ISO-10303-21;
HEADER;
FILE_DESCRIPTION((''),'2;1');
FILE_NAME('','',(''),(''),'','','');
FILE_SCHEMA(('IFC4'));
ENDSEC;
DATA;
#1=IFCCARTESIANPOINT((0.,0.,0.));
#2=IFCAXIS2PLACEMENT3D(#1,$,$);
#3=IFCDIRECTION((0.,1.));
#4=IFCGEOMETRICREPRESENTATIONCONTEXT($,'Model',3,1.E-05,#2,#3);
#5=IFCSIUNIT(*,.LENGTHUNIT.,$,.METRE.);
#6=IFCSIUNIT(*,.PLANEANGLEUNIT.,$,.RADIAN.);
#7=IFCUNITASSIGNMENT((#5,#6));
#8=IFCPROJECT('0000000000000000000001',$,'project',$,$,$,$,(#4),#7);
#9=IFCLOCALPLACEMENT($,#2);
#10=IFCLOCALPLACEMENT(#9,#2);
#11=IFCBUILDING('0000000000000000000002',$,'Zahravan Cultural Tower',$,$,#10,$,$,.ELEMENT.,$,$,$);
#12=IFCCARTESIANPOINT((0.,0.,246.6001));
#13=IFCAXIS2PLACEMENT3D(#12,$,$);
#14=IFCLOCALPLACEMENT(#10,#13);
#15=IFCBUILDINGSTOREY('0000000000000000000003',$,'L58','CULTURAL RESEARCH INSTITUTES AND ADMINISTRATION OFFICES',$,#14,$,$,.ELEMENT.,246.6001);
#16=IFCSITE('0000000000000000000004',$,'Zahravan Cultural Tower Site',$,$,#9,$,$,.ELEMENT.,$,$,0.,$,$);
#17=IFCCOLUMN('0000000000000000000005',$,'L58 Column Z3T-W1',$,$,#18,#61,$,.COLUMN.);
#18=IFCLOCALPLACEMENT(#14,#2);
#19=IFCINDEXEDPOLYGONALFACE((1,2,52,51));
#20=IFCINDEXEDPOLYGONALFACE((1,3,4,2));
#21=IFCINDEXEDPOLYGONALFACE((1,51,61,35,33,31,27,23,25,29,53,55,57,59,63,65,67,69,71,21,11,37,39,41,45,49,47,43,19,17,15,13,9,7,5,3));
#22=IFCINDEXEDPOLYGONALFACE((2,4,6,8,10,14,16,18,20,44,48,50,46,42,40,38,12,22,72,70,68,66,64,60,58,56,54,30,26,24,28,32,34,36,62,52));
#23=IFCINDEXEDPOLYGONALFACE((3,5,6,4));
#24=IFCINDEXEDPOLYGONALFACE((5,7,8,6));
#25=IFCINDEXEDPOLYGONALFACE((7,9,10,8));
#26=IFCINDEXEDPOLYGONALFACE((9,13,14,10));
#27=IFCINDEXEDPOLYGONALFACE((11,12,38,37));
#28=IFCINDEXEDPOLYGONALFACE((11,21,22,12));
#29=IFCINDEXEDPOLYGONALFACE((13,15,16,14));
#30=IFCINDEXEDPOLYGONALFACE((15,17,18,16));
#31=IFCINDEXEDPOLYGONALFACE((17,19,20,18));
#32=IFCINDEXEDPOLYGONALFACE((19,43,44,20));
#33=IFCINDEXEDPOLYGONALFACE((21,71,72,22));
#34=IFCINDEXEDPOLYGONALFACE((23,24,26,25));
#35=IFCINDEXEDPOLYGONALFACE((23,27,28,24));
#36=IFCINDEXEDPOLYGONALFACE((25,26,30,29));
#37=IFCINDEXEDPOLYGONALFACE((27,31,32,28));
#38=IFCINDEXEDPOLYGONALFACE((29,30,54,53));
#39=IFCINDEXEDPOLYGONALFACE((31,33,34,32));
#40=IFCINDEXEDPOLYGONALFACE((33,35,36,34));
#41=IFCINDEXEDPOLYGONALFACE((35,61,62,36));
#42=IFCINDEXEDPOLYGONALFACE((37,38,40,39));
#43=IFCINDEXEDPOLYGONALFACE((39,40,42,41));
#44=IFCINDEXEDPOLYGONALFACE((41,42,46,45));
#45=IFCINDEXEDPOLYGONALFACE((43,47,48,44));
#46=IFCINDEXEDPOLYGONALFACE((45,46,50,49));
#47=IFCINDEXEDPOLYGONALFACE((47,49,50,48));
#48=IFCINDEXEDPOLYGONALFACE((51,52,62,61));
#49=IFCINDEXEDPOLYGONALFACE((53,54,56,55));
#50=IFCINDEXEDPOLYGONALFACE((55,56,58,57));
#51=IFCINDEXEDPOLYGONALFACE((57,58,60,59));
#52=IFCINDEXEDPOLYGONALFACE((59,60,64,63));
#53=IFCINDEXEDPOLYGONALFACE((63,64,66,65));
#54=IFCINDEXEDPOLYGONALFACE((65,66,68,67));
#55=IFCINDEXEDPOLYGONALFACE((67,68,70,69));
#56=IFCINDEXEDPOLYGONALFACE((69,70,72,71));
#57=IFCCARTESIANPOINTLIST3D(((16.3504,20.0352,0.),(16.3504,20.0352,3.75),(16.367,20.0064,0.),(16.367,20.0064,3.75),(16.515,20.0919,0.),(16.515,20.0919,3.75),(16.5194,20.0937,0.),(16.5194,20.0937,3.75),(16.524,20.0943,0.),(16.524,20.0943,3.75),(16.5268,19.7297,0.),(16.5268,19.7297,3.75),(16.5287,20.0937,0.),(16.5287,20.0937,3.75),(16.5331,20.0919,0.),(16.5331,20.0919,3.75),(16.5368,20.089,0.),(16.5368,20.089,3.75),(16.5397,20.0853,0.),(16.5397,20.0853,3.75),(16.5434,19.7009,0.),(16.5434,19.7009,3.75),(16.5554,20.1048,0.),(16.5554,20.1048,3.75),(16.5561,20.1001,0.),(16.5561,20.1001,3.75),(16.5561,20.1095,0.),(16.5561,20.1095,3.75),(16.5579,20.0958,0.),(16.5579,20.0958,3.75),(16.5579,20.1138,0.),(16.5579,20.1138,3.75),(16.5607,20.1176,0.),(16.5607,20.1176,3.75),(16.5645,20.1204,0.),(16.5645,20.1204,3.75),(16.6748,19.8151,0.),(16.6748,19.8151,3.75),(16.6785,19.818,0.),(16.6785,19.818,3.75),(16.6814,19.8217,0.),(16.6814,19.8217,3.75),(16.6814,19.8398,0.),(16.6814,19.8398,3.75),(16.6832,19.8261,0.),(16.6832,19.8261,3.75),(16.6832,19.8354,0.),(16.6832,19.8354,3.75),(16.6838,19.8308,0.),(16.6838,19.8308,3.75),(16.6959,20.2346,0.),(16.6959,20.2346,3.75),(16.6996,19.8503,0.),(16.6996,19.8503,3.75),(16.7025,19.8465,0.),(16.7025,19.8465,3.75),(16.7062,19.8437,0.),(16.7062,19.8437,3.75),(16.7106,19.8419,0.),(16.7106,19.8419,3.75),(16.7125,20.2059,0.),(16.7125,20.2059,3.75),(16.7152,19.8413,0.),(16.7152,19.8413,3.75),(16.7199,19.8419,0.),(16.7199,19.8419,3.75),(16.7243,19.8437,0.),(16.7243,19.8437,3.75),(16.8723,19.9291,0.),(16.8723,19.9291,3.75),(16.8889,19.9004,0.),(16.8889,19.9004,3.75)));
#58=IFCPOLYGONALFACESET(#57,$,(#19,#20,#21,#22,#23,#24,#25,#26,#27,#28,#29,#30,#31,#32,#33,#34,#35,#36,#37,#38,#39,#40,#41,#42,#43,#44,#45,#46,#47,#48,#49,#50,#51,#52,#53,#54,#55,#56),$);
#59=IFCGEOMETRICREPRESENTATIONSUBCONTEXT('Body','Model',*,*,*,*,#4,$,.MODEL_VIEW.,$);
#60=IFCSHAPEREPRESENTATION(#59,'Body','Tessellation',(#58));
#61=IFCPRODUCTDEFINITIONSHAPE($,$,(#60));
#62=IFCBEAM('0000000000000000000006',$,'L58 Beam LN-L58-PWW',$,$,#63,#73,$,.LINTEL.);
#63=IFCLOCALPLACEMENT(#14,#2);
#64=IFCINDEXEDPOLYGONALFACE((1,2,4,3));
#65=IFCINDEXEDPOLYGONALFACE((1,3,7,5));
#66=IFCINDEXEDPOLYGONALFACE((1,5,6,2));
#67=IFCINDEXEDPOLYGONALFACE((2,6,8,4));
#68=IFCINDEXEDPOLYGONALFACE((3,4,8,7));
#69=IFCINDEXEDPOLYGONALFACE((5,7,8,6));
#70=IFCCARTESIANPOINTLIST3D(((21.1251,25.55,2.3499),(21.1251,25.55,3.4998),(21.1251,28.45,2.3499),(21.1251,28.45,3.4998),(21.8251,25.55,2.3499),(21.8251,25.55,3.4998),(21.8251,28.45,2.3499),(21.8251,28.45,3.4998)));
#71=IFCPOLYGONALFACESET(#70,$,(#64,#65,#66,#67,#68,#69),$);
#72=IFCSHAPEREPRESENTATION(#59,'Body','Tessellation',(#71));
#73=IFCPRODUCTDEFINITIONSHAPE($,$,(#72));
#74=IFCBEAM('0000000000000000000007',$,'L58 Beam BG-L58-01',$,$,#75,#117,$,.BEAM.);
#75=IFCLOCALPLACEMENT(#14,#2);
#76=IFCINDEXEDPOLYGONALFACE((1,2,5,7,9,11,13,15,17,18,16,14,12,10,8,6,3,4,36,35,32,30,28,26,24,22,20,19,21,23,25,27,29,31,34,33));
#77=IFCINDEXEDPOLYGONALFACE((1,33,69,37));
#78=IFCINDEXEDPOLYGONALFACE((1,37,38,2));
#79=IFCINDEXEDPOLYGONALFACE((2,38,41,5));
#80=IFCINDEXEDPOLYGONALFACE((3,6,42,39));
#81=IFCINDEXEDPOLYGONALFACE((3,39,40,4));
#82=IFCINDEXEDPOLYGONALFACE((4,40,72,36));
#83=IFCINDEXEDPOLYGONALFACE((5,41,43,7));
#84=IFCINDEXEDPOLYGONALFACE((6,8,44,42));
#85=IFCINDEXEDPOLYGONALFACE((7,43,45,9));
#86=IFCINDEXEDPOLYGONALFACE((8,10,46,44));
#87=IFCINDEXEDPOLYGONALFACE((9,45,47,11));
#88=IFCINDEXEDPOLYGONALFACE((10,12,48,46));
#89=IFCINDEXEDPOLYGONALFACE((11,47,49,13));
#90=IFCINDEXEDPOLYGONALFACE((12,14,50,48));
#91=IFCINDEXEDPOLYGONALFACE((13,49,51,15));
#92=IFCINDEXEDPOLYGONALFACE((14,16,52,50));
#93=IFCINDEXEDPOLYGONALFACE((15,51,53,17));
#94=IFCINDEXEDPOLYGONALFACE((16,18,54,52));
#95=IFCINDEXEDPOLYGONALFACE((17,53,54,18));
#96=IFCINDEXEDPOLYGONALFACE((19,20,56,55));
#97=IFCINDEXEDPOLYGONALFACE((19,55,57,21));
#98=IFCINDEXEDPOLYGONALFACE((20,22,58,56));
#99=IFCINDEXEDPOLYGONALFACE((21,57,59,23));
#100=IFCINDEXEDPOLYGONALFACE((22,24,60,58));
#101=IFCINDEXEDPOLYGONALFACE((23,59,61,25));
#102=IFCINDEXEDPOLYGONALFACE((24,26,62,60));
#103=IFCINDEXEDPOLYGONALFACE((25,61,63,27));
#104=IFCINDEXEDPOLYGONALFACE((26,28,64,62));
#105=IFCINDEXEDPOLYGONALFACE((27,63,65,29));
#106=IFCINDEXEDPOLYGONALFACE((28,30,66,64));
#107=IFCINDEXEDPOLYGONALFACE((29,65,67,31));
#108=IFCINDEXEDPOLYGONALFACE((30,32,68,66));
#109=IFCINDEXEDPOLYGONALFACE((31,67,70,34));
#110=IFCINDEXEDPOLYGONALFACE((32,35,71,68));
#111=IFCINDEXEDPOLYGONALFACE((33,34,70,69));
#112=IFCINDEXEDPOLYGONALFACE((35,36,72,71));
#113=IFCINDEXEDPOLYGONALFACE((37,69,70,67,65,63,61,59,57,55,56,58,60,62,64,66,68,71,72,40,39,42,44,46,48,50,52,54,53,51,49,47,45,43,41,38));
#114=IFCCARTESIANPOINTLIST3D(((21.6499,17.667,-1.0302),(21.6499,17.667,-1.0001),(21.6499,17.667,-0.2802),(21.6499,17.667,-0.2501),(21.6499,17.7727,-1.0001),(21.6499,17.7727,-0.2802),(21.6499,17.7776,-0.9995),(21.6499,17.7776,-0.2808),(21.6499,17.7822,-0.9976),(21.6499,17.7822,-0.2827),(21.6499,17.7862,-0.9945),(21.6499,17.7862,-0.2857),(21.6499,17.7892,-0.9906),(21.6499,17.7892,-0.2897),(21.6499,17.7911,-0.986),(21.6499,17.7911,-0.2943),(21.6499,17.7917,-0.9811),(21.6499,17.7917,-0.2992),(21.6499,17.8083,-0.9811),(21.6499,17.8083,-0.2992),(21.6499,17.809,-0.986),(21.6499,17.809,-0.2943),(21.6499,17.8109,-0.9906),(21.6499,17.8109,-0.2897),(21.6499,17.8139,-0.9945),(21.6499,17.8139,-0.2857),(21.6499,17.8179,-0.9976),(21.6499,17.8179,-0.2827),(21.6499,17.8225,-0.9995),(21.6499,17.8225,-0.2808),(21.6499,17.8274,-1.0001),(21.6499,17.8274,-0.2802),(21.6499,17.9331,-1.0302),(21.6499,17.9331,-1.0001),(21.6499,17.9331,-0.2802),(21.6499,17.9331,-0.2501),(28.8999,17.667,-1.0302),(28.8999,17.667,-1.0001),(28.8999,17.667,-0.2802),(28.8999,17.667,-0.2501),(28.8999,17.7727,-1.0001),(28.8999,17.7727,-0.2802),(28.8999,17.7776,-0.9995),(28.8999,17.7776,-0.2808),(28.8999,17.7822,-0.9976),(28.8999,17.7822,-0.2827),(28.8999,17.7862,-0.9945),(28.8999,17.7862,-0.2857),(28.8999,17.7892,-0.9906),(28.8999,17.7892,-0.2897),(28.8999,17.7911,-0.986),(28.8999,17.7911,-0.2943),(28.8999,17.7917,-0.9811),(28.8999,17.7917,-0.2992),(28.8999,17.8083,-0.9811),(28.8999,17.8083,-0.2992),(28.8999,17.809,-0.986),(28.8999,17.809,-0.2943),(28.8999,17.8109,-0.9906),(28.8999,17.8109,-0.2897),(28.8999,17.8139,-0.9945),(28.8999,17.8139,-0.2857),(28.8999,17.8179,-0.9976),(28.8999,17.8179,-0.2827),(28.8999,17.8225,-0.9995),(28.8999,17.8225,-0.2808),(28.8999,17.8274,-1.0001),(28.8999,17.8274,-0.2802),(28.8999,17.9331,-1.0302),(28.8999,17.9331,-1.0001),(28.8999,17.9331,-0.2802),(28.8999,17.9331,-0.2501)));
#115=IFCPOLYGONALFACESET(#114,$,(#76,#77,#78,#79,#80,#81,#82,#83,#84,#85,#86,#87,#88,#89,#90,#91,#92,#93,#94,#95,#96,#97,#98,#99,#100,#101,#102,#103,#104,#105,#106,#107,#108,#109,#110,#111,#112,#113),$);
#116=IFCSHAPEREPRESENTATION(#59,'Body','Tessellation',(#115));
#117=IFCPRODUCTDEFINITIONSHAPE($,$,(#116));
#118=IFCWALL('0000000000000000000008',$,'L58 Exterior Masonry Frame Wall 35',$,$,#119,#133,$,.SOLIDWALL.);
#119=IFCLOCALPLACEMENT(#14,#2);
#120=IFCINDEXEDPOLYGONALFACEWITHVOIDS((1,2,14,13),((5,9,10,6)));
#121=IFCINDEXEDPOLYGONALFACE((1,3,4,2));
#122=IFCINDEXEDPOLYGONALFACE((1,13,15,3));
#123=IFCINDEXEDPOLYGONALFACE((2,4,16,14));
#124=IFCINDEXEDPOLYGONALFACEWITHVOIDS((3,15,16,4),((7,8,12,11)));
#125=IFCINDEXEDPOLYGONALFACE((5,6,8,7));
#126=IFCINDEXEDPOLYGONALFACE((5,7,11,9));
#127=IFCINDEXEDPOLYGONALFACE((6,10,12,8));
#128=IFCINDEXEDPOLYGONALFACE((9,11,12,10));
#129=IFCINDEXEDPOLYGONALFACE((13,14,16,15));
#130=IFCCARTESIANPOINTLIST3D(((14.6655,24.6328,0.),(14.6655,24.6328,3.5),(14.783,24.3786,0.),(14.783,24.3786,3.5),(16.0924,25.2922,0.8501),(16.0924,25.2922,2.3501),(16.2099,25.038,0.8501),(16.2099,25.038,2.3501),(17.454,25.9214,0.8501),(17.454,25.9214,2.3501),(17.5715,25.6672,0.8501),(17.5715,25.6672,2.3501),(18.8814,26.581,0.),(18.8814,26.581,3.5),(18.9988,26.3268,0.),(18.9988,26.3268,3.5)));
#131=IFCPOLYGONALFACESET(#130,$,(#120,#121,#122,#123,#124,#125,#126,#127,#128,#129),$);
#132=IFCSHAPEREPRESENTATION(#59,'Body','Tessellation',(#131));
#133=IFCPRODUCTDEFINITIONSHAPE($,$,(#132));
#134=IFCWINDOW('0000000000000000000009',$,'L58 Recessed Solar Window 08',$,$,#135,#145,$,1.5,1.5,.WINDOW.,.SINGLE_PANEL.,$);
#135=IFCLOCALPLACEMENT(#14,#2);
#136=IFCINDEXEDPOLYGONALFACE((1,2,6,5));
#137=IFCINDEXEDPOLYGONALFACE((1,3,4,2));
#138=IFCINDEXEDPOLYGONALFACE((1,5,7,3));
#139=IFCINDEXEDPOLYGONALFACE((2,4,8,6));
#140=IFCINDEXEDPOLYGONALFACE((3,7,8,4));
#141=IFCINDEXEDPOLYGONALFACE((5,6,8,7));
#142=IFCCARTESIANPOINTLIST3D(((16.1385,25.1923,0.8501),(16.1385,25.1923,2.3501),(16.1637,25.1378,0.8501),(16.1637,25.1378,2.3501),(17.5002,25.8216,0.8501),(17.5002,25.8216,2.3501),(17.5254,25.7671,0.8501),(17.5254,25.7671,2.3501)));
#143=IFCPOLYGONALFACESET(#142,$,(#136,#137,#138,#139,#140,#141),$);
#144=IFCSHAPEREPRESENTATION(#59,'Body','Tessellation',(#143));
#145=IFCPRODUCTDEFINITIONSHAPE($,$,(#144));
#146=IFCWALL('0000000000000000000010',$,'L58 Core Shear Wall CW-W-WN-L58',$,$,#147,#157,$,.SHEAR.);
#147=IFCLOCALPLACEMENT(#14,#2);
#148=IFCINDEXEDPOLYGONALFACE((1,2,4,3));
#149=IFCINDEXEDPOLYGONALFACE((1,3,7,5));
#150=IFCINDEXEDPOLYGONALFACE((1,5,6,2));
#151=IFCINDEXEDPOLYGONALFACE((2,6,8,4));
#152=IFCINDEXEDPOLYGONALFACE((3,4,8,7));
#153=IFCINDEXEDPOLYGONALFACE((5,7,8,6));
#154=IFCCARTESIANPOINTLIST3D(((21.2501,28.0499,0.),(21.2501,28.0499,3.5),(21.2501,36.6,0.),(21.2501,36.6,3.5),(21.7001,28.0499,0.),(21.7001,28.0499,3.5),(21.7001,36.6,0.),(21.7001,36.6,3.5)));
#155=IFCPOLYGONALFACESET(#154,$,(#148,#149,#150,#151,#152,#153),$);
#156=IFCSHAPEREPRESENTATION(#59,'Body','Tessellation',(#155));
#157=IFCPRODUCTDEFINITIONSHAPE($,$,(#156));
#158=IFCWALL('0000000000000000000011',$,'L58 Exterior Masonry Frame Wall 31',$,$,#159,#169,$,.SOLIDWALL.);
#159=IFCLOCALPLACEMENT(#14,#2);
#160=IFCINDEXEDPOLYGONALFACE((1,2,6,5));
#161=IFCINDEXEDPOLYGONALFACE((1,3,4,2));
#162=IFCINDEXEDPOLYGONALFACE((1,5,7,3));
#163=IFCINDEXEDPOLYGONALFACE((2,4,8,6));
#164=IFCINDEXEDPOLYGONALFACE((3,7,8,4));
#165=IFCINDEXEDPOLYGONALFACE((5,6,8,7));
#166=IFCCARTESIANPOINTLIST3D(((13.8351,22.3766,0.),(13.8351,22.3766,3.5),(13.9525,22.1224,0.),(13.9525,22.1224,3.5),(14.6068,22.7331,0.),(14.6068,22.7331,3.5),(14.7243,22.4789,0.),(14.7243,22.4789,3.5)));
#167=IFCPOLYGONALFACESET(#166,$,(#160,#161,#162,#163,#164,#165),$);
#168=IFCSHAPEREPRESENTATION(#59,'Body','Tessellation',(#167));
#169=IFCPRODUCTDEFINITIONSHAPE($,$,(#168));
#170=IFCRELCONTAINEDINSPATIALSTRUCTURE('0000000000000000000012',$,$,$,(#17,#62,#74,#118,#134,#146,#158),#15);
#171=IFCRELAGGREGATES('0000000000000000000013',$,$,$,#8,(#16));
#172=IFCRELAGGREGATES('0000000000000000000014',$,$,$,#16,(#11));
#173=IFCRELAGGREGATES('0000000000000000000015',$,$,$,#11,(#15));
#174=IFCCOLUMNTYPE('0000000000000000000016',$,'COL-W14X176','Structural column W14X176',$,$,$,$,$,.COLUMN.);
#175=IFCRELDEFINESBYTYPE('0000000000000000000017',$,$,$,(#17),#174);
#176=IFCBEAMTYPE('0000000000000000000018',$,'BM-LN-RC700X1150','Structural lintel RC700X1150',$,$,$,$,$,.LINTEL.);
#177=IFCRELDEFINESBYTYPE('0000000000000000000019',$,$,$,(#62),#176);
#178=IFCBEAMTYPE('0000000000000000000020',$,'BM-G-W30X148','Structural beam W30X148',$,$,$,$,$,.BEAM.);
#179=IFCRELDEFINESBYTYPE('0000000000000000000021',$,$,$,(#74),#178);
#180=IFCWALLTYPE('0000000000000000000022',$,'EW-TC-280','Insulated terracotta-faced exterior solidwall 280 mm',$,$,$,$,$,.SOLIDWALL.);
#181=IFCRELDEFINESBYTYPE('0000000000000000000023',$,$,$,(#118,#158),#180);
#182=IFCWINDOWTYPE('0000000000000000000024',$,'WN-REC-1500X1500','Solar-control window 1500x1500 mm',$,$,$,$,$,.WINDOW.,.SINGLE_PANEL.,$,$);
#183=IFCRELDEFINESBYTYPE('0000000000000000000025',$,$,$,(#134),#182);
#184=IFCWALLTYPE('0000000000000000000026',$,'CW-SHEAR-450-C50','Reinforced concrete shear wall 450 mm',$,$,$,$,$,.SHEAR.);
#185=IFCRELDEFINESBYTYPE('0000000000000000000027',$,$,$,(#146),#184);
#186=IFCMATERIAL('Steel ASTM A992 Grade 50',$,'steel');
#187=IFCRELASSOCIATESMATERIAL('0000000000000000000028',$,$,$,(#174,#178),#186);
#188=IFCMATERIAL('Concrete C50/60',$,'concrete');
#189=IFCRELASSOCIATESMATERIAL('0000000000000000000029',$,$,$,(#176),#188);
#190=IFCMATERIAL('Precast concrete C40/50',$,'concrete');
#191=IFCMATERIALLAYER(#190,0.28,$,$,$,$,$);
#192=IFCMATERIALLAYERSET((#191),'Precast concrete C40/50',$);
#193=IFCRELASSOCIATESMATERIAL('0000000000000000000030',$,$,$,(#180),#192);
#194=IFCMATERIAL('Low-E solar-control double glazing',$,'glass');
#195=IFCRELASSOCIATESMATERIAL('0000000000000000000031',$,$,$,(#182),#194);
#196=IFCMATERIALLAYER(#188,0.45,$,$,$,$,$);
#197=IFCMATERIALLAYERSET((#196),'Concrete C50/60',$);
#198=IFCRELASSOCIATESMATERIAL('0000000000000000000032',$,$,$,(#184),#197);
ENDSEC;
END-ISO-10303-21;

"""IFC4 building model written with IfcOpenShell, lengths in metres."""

from ifc_helpers import new_model, si_unit, direction, frame, frame_2d, origin, origin_2d, place, context, subcontext, project, spatial, rectangle, i_section, extrude, source, transform, mapped, material, layer, layer_set, material_profile, profile_set, type_object, element, fill, save


model = new_model("IFC4")

# Units and contexts
model_context = context("Model", 3, precision=1e-05, world=origin(), true_north=direction((0.0, 1.0)))
body_context = subcontext(model_context, "Body", "Model", "MODEL_VIEW")
ifc_project = project(units=[si_unit("LENGTHUNIT", "METRE"), si_unit("PLANEANGLEUNIT", "RADIAN")], contexts=[model_context])

# Site, building, storey
site_placement = place(None, origin())
site = spatial("IfcSite", under=ifc_project, at=site_placement, Name="Zahravan Cultural Tower Site", CompositionType="ELEMENT", RefElevation=0.0)
building_placement = place(site_placement, origin())
building = spatial("IfcBuilding", under=site, at=building_placement, Name="Zahravan Cultural Tower", CompositionType="ELEMENT")
storey_placement = place(building_placement, frame((0.0, 0.0, 246.6001)))
storey = spatial("IfcBuildingStorey", under=building, at=storey_placement, Name="L58", Description="CULTURAL RESEARCH INSTITUTES AND ADMINISTRATION OFFICES", CompositionType="ELEMENT", Elevation=246.6001)

# Column
ifc_material_1 = material(Name="Steel ASTM A992 Grade 50", Category="steel")
ifc_material_profile_1 = material_profile(ifc_material_1, i_section(OverallWidth=0.3989, OverallDepth=0.386, WebThickness=0.021, FlangeThickness=0.0332, FilletRadius=0.0181, at=origin_2d()), Name="W14X176")
ifc_profile_set_1 = profile_set([ifc_material_profile_1], Name="Steel ASTM A992 Grade 50")
column_type = type_object("IfcColumnType", Name="COL-W14X176", Description="Structural column W14X176", PredefinedType="COLUMN", material=ifc_profile_set_1)
shared_shape_1 = source(origin(), body_context, "Body", "SweptSolid", [
    extrude(i_section(OverallWidth=0.3989, OverallDepth=0.386, WebThickness=0.021, FlangeThickness=0.0332, FilletRadius=0.0181, at=origin_2d()), origin(), (0.0, 0.0, 1.0), 3.75),
])
column_placement = place(storey_placement, frame((16.6196, 19.9678, 0.0), z_axis=(0.0, 0.0, 1.0), x_axis=(0.866025, 0.5, 0.0)))
element("IfcColumn", 1, at=column_placement, inside=storey, type_object=column_type, Name="L58 Column Z3T-W1", PredefinedType="COLUMN", context=body_context, shape_type="MappedRepresentation", body=[
    mapped(shared_shape_1, transform((0.0, 0.0, 0.0), x_axis=(1.0, 0.0, 0.0), y_axis=(0.0, 1.0, 0.0), z_axis=(0.0, 0.0, 1.0), scale=1.0)),
])

# Beams
ifc_material_2 = material(Name="Concrete C50/60", Category="concrete")
ifc_material_profile_2 = material_profile(ifc_material_2, rectangle(XDim=0.7, YDim=1.1499, at=origin_2d()), Name="RC700X1150")
ifc_profile_set_2 = profile_set([ifc_material_profile_2], Name="Concrete C50/60")
beam_type_1 = type_object("IfcBeamType", Name="BM-LN-RC700X1150", Description="Structural lintel RC700X1150", PredefinedType="LINTEL", material=ifc_profile_set_2)
shared_shape_2 = source(origin(), body_context, "Body", "SweptSolid", [
    extrude(rectangle(XDim=0.7, YDim=1.1499, at=origin_2d()), origin(), (0.0, 0.0, 1.0), 2.8999),
])
beam_1_placement = place(storey_placement, frame((21.4751, 25.55, 2.9248), z_axis=(0.0, 1.0, 0.0), x_axis=(-1.0, 0.0, 0.0)))
element("IfcBeam", 2, at=beam_1_placement, inside=storey, type_object=beam_type_1, Name="L58 Beam LN-L58-PWW", PredefinedType="LINTEL", context=body_context, shape_type="MappedRepresentation", body=[
    mapped(shared_shape_2, transform((0.0, 0.0, 0.0), x_axis=(1.0, 0.0, 0.0), y_axis=(0.0, 1.0, 0.0), z_axis=(0.0, 0.0, 1.0), scale=1.0)),
])
ifc_material_profile_3 = material_profile(ifc_material_1, i_section(OverallWidth=0.2661, OverallDepth=0.78, WebThickness=0.0166, FlangeThickness=0.03, FilletRadius=0.019, at=origin_2d()), Name="W30X148")
ifc_profile_set_3 = profile_set([ifc_material_profile_3], Name="Steel ASTM A992 Grade 50")
beam_type_2 = type_object("IfcBeamType", Name="BM-G-W30X148", Description="Structural beam W30X148", PredefinedType="BEAM", material=ifc_profile_set_3)
shared_shape_3 = source(origin(), body_context, "Body", "SweptSolid", [
    extrude(i_section(OverallWidth=0.2661, OverallDepth=0.78, WebThickness=0.0166, FlangeThickness=0.03, FilletRadius=0.019, at=origin_2d()), origin(), (0.0, 0.0, 1.0), 7.25),
])
beam_2_placement = place(storey_placement, frame((21.6499, 17.8, -0.6401), z_axis=(1.0, 0.0, 0.0), x_axis=(0.0, 1.0, 0.0)))
element("IfcBeam", 3, at=beam_2_placement, inside=storey, type_object=beam_type_2, Name="L58 Beam BG-L58-01", PredefinedType="BEAM", context=body_context, shape_type="MappedRepresentation", body=[
    mapped(shared_shape_3, transform((0.0, 0.0, 0.0), x_axis=(1.0, 0.0, 0.0), y_axis=(0.0, 1.0, 0.0), z_axis=(0.0, 0.0, 1.0), scale=1.0)),
])

# Wall, opening, window
ifc_material_3 = material(Name="Precast concrete C40/50", Category="concrete")
ifc_layer_1 = layer(ifc_material_3, 0.28)
ifc_layer_set_1 = layer_set([ifc_layer_1], Name="Precast concrete C40/50")
wall_type_1 = type_object("IfcWallType", Name="EW-TC-280", Description="Insulated terracotta-faced exterior solidwall 280 mm", PredefinedType="SOLIDWALL", material=ifc_layer_set_1)
wall_1_placement = place(storey_placement, frame((14.7241, 24.5056, 0.0), z_axis=(0.0, 0.0, 1.0), x_axis=(0.907756, 0.419498, 0.0)))
wall_1 = element("IfcWall", 4, at=wall_1_placement, inside=storey, type_object=wall_type_1, Name="L58 Exterior Masonry Frame Wall 35", PredefinedType="SOLIDWALL", context=body_context, shape_type="SweptSolid", body=[
    extrude(rectangle(XDim=4.6443, YDim=0.28, at=frame_2d((2.3223, 0.0))), origin(), (0.0, 0.0, 1.0), 3.5),
])
opening_placement = place(wall_1_placement, frame((1.572, 0.0, 0.8501)))
opening = element("IfcOpeningElement", 5, at=opening_placement, cuts=wall_1, PredefinedType="OPENING", context=body_context, shape_type="SweptSolid", body=[
    extrude(rectangle(XDim=1.5, YDim=1.5, at=frame_2d((0.75, 0.75))), frame((0.0, 0.1499, 0.0), z_axis=(0.0, -1.0, 0.0), x_axis=(1.0, 0.0, 0.0)), (0.0, 0.0, 1.0), 0.3),
])
ifc_material_4 = material(Name="Low-E solar-control double glazing", Category="glass")
window_type = type_object("IfcWindowType", Name="WN-REC-1500X1500", Description="Solar-control window 1500x1500 mm", PartitioningType="SINGLE_PANEL", PredefinedType="WINDOW", material=ifc_material_4)
shared_shape_4 = source(origin(), body_context, "Body", "SweptSolid", [
    extrude(rectangle(XDim=1.5, YDim=1.5, at=frame_2d((0.75, 0.75))), frame((0.0, 0.03, 0.0), z_axis=(0.0, -1.0, 0.0), x_axis=(1.0, 0.0, 0.0)), (0.0, 0.0, 1.0), 0.0601),
])
window_placement = place(opening_placement, origin())
window = element("IfcWindow", 6, at=window_placement, inside=storey, type_object=window_type, Name="L58 Recessed Solar Window 08", OverallHeight=1.5, OverallWidth=1.5, PartitioningType="SINGLE_PANEL", PredefinedType="WINDOW", context=body_context, shape_type="MappedRepresentation", body=[
    mapped(shared_shape_4, transform((0.0, 0.0, 0.0), x_axis=(1.0, 0.0, 0.0), y_axis=(0.0, 1.0, 0.0), z_axis=(0.0, 0.0, 1.0), scale=1.0)),
])
fill(opening, window)

# Walls
ifc_layer_2 = layer(ifc_material_2, 0.45)
ifc_layer_set_2 = layer_set([ifc_layer_2], Name="Concrete C50/60")
wall_type_2 = type_object("IfcWallType", Name="CW-SHEAR-450-C50", Description="Reinforced concrete shear wall 450 mm", PredefinedType="SHEAR", material=ifc_layer_set_2)
shared_shape_5 = source(origin(), body_context, "Body", "SweptSolid", [
    extrude(rectangle(XDim=8.55, YDim=0.45, at=frame_2d((4.2749, 0.0))), origin(), (0.0, 0.0, 1.0), 3.5),
])
wall_2_placement = place(storey_placement, frame((21.4751, 28.05, 0.0), z_axis=(0.0, 0.0, 1.0), x_axis=(0.0, 1.0, 0.0)))
element("IfcWall", 7, at=wall_2_placement, inside=storey, type_object=wall_type_2, Name="L58 Core Shear Wall CW-W-WN-L58", PredefinedType="SHEAR", context=body_context, shape_type="MappedRepresentation", body=[
    mapped(shared_shape_5, transform((0.0, 0.0, 0.0), x_axis=(1.0, 0.0, 0.0), y_axis=(0.0, 1.0, 0.0), z_axis=(0.0, 0.0, 1.0), scale=1.0)),
])
shared_shape_6 = source(origin(), body_context, "Body", "SweptSolid", [
    extrude(rectangle(XDim=0.8501, YDim=0.28, at=frame_2d((0.425, 0.0))), origin(), (0.0, 0.0, 1.0), 3.5),
])
for number, where, z_axis, x_axis, name in (
    (8, (13.8938, 22.2495, 0.0), (0.0, 0.0, 1.0), (0.907842, 0.419313, 0.0), "L58 Exterior Masonry Frame Wall 31"),
):
    element("IfcWall", number, at=place(storey_placement, frame(where, z_axis=z_axis, x_axis=x_axis)), inside=storey, type_object=wall_type_1, Name=name, PredefinedType="SOLIDWALL", context=body_context, shape_type="MappedRepresentation", body=[
        mapped(shared_shape_6, transform((0.0, 0.0, 0.0), x_axis=(1.0, 0.0, 0.0), y_axis=(0.0, 1.0, 0.0), z_axis=(0.0, 0.0, 1.0), scale=1.0)),
    ])

save(model, "model.ifc")
